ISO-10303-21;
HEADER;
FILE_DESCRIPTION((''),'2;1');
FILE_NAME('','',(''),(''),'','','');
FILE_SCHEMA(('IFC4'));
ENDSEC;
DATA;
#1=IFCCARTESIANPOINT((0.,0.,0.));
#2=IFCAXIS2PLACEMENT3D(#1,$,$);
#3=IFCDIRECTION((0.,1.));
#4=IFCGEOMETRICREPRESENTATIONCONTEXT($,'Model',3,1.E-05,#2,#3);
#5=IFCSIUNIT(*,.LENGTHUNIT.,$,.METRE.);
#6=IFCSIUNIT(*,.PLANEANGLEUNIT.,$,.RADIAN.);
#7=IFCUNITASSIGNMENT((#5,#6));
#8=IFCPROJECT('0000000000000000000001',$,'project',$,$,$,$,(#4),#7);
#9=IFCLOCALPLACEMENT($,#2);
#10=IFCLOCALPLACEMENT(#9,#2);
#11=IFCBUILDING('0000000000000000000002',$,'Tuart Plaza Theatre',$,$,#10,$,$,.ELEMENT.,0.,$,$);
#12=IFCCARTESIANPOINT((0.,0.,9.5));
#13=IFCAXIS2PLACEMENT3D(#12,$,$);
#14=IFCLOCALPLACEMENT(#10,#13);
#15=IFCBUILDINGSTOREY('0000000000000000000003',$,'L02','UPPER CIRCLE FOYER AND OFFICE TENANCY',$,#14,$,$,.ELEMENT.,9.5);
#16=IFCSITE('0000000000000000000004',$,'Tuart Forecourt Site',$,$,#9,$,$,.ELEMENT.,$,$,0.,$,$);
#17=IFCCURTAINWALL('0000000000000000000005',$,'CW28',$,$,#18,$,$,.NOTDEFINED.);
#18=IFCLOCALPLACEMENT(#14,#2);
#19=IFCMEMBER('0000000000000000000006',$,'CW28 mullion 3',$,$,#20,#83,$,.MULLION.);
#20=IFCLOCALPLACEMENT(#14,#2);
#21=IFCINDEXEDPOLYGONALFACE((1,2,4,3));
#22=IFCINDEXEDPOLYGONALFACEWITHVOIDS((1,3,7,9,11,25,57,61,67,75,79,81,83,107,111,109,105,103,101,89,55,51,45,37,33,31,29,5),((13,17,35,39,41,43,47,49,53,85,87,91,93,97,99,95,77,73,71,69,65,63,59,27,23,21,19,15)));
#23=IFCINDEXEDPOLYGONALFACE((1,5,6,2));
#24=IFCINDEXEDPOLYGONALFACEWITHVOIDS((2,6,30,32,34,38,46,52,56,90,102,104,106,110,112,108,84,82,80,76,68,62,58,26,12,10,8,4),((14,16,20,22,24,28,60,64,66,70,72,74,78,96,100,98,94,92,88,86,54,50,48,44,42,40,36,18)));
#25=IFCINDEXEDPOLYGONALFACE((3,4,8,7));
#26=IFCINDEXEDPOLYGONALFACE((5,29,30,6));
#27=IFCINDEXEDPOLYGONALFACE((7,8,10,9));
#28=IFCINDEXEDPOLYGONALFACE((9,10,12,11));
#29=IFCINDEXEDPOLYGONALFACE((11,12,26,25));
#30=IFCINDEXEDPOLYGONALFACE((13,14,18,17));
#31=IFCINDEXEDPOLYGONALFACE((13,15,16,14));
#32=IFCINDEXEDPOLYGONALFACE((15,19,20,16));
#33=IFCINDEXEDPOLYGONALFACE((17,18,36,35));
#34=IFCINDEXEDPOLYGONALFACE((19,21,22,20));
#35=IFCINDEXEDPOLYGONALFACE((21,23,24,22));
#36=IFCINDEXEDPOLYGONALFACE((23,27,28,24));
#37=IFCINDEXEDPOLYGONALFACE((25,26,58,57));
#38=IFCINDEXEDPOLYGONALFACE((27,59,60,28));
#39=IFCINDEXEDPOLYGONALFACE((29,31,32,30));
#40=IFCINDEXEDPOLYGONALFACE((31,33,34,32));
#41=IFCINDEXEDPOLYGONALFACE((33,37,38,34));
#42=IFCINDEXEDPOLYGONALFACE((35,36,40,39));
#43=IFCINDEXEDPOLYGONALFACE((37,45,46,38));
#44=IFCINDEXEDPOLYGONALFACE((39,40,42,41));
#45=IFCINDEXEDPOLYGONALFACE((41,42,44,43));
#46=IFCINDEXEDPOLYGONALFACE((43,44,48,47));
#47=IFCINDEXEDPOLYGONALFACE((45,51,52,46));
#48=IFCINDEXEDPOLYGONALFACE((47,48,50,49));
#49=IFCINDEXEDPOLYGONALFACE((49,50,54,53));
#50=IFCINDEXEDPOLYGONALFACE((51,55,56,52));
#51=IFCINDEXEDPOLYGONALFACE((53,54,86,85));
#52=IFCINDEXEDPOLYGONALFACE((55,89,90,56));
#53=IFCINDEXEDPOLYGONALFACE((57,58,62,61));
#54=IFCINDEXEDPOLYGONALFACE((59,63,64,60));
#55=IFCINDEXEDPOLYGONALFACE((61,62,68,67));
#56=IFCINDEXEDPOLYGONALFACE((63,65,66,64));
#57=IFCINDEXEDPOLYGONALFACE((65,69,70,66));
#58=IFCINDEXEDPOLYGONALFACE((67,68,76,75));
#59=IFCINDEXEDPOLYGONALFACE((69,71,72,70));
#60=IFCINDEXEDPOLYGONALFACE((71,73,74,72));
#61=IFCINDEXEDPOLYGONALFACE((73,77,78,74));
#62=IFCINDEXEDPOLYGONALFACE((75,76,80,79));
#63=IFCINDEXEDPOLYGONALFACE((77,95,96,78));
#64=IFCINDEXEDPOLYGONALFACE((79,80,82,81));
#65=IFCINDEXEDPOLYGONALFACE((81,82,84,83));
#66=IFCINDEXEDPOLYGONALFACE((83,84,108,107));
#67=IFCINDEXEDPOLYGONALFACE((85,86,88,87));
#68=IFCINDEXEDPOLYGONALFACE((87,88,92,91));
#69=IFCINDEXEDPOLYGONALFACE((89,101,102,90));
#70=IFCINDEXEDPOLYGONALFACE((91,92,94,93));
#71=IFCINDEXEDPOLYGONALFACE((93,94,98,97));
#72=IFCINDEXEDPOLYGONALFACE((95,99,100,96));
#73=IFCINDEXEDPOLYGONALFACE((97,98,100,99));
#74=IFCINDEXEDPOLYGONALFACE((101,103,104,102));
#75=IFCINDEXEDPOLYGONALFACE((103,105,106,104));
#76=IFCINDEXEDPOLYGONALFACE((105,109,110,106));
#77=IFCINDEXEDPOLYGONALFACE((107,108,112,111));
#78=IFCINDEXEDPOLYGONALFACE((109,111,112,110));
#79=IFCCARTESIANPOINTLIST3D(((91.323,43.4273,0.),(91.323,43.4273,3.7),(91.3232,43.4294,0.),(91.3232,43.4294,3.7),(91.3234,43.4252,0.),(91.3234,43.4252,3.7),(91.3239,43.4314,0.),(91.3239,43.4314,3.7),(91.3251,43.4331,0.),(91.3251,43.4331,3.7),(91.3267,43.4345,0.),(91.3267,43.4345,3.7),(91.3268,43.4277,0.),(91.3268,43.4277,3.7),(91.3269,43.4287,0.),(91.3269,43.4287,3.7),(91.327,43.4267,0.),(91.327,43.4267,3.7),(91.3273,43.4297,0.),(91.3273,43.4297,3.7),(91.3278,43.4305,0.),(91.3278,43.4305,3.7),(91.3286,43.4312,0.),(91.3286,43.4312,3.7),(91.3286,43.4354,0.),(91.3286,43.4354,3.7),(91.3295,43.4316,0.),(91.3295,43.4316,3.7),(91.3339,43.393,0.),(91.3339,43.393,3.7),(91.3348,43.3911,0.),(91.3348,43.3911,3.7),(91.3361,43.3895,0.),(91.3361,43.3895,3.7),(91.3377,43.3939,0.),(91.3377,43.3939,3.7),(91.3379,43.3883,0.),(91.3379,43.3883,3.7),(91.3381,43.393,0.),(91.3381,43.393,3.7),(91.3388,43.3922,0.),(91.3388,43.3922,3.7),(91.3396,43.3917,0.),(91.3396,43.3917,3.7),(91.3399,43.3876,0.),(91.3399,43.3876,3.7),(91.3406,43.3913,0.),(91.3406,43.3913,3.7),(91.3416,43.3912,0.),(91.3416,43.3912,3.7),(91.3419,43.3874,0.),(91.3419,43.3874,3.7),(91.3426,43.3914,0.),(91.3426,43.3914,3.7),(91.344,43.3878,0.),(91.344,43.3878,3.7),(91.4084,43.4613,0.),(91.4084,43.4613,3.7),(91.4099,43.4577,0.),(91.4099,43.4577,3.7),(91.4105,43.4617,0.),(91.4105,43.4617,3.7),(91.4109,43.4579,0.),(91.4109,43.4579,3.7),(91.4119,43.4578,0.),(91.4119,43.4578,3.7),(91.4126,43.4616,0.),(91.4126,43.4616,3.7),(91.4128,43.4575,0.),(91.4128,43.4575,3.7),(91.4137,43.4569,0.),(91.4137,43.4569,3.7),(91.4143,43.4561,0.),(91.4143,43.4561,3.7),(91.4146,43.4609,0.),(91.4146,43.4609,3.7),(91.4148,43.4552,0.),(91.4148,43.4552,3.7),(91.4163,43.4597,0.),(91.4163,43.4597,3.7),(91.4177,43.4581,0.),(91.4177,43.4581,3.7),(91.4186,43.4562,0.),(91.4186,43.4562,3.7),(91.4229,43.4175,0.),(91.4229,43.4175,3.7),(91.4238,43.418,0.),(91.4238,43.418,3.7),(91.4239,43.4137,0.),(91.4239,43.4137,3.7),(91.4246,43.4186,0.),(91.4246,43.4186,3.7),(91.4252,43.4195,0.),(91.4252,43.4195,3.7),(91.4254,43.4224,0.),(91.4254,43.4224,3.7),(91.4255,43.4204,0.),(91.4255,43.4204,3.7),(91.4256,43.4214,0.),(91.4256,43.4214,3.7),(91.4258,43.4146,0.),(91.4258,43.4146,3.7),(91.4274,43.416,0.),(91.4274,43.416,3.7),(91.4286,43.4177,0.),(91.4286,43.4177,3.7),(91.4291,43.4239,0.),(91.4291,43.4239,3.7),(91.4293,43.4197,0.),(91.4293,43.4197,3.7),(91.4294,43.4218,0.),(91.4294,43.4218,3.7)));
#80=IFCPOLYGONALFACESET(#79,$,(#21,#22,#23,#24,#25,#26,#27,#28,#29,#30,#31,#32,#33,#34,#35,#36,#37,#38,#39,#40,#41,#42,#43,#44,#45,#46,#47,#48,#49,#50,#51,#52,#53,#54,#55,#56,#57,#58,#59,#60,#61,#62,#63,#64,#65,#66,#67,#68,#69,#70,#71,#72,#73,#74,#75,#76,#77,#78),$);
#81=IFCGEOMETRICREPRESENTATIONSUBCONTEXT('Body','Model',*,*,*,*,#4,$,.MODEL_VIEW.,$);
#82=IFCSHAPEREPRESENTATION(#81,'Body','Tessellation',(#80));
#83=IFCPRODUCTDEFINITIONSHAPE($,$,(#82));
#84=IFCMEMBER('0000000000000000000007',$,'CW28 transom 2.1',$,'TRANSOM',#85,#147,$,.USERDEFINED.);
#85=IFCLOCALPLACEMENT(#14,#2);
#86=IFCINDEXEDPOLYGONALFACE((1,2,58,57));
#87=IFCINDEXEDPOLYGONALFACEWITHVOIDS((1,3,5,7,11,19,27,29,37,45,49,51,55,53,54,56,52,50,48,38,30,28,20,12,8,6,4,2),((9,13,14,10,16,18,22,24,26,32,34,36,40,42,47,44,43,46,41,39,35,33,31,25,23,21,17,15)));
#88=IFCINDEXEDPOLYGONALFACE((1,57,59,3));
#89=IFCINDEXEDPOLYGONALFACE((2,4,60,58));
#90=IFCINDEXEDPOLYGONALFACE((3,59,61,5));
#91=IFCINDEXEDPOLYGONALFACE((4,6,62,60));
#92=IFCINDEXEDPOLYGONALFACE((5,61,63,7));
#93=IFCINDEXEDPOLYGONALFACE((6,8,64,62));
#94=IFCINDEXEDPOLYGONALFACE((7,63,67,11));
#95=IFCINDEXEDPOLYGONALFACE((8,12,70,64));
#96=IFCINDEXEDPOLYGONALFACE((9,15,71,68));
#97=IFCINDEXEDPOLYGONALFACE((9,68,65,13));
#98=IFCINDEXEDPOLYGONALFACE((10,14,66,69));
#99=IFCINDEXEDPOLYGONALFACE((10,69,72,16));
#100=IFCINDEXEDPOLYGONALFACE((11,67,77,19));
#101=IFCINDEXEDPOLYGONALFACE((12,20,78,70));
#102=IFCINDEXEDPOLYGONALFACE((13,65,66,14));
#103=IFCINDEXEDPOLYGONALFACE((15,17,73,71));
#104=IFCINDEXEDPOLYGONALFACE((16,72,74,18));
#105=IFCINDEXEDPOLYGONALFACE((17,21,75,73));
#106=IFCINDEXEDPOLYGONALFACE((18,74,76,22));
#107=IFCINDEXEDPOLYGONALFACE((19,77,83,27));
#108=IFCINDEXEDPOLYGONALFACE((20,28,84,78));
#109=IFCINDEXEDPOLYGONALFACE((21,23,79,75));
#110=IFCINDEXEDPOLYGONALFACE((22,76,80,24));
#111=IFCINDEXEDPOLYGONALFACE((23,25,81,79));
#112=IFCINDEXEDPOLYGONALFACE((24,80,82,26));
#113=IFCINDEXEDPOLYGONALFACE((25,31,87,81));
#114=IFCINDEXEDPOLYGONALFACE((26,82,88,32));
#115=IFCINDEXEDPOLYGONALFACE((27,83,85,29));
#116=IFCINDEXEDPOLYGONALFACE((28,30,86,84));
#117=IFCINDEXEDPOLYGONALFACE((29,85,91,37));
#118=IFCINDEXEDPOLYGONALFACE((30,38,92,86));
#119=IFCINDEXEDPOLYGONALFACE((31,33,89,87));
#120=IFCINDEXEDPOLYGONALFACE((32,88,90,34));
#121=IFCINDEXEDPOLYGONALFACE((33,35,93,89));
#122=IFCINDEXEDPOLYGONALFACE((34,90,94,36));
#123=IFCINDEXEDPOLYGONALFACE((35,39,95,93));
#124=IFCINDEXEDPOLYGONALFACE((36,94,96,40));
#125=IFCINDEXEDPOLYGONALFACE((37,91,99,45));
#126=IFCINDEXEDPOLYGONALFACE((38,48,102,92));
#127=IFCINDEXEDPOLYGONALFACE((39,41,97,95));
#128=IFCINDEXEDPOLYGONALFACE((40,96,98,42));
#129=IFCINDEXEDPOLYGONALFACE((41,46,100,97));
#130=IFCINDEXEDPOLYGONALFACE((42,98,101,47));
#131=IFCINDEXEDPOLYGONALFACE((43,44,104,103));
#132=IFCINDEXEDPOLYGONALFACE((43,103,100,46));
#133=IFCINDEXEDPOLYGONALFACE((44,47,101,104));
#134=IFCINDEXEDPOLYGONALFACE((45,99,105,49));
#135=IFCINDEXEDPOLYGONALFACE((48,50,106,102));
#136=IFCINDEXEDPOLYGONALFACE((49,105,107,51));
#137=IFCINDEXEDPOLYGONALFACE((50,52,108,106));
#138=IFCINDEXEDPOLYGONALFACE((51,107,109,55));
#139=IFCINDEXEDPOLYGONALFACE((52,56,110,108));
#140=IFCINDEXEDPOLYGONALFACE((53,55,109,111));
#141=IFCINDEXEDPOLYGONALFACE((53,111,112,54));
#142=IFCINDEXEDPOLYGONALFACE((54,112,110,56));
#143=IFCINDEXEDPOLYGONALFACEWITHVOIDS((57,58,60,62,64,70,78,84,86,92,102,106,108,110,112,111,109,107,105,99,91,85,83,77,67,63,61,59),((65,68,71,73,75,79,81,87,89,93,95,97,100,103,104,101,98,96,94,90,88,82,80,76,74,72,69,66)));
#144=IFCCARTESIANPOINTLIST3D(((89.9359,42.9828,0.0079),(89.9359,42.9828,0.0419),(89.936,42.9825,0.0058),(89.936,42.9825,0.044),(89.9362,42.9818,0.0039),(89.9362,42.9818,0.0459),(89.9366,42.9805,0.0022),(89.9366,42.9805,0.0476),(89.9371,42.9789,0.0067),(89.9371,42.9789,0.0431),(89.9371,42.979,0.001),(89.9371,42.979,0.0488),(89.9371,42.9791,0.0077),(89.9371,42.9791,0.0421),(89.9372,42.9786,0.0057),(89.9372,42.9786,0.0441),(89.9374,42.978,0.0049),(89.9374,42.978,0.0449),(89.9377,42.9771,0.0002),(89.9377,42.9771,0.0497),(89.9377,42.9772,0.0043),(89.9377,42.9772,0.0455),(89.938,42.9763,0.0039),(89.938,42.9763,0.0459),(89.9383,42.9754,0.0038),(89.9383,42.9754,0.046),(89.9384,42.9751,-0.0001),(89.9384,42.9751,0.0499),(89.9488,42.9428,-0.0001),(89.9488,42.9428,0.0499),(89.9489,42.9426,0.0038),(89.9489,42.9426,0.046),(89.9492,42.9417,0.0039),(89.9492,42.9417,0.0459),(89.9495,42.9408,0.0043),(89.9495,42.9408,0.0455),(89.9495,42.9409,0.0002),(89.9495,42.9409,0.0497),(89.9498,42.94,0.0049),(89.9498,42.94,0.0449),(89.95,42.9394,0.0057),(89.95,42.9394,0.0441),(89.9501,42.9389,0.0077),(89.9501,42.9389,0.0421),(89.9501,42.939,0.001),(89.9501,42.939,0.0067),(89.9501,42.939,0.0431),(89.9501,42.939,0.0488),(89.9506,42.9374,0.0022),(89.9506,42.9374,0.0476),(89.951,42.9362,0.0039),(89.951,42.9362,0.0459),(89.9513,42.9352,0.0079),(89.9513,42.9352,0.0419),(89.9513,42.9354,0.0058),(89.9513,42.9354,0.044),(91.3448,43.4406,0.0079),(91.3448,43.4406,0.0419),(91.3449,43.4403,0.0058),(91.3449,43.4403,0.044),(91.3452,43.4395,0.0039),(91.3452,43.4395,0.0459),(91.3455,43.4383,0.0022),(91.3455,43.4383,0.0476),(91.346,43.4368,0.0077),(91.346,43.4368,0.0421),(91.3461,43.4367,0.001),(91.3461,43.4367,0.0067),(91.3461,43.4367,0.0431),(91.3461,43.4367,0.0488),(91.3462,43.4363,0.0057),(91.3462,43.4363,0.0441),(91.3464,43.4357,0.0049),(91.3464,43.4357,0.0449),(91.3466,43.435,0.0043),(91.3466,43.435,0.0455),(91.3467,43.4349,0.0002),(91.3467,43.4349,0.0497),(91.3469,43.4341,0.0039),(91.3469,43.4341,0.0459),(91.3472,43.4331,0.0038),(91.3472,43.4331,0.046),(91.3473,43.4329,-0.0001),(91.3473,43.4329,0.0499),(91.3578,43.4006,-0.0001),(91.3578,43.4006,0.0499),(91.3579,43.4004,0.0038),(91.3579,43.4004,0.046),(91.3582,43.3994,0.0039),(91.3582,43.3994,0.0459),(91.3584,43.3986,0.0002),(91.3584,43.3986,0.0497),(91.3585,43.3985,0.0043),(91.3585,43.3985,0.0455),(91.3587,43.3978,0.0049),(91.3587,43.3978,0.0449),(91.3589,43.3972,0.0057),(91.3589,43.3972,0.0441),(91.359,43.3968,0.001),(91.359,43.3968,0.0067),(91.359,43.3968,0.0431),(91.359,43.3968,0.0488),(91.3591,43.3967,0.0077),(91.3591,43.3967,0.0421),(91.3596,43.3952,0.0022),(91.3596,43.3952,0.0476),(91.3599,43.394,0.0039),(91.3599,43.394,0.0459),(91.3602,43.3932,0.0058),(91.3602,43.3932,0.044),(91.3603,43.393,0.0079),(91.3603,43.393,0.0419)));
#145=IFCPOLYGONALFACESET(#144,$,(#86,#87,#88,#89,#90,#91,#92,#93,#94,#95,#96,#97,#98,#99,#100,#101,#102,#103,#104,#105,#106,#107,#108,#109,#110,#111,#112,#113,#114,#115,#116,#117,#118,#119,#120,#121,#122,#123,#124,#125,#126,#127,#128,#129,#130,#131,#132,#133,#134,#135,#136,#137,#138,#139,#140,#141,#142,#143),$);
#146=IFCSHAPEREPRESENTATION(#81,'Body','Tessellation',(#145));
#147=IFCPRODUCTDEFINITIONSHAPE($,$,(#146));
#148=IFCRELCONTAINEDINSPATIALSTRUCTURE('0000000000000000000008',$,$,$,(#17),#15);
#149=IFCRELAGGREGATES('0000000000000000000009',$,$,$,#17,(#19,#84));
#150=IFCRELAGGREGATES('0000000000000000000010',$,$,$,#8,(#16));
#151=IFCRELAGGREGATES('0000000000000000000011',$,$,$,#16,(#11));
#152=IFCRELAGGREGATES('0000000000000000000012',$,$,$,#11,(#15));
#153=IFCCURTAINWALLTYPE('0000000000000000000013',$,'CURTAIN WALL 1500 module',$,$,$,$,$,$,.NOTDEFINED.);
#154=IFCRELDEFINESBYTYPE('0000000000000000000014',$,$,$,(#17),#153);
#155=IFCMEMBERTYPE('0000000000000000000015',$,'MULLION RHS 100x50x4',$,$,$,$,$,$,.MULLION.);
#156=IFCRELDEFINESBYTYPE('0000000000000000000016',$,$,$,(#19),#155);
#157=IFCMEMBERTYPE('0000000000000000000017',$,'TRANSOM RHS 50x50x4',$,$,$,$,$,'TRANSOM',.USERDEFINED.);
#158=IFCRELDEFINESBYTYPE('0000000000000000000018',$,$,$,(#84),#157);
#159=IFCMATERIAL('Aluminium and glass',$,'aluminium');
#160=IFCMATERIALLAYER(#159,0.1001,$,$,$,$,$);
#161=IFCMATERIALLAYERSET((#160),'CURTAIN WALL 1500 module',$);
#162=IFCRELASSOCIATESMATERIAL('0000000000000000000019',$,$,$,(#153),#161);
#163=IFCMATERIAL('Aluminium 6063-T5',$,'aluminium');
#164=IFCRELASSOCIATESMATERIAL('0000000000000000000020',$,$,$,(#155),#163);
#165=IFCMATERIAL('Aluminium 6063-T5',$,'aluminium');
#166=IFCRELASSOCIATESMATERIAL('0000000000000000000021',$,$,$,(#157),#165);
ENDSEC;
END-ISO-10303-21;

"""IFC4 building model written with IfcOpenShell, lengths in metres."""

from ifc_helpers import new_model, si_unit, direction, frame, origin, origin_2d, place, context, subcontext, project, spatial, hollow_rectangle, extrude, material, layer, layer_set, material_profile, profile_set, type_object, element, aggregate, save


model = new_model("IFC4")

# Units and contexts
model_context = context("Model", 3, precision=1e-05, world=origin(), true_north=direction((0.0, 1.0)))
body_context = subcontext(model_context, "Body", "Model", "MODEL_VIEW")
ifc_project = project(units=[si_unit("LENGTHUNIT", "METRE"), si_unit("PLANEANGLEUNIT", "RADIAN")], contexts=[model_context])

# Site, building, storey
site_placement = place(None, origin())
site = spatial("IfcSite", under=ifc_project, at=site_placement, Name="Tuart Forecourt Site", CompositionType="ELEMENT", RefElevation=0.0)
building_placement = place(site_placement, origin())
building = spatial("IfcBuilding", under=site, at=building_placement, Name="Tuart Plaza Theatre", CompositionType="ELEMENT", ElevationOfRefHeight=0.0)
storey_placement = place(building_placement, frame((0.0, 0.0, 9.5)))
storey = spatial("IfcBuildingStorey", under=building, at=storey_placement, Name="L02", Description="UPPER CIRCLE FOYER AND OFFICE TENANCY", CompositionType="ELEMENT", Elevation=9.5)

# Curtain wall, members
ifc_material_1 = material(Name="Aluminium and glass", Category="aluminium")
ifc_layer_1 = layer(ifc_material_1, 0.1001)
ifc_layer_set_1 = layer_set([ifc_layer_1], Name="CURTAIN WALL 1500 module")
curtain_wall_type = type_object("IfcCurtainWallType", Name="CURTAIN WALL 1500 module", PredefinedType="NOTDEFINED", material=ifc_layer_set_1)
curtain_wall_placement = place(storey_placement, origin())
curtain_wall = element("IfcCurtainWall", 1, at=curtain_wall_placement, inside=storey, type_object=curtain_wall_type, Name="CW28", PredefinedType="NOTDEFINED")
ifc_material_2 = material(Name="Aluminium 6063-T5", Category="aluminium")
ifc_material_profile_1 = material_profile(ifc_material_2, hollow_rectangle(XDim=0.05, YDim=0.1001, WallThickness=0.0039, InnerFilletRadius=0.0039, OuterFilletRadius=0.0081, at=origin_2d()), Name="RHS 100x50x4")
ifc_profile_set_1 = profile_set([ifc_material_profile_1], Name="Aluminium 6063-T5")
member_type_1 = type_object("IfcMemberType", Name="MULLION RHS 100x50x4", PredefinedType="MULLION", material=ifc_profile_set_1)
member_1_placement = place(storey_placement, frame((91.3762, 43.4246, 0.0), z_axis=(0.0, 0.0, 1.0), x_axis=(-0.309018, 0.951056, 0.0)))
member_1 = element("IfcMember", 2, at=member_1_placement, type_object=member_type_1, Name="CW28 mullion 3", PredefinedType="MULLION", context=body_context, shape_type="SweptSolid", body=[
    extrude(hollow_rectangle(XDim=0.05, YDim=0.1001, WallThickness=0.0039, InnerFilletRadius=0.0039, OuterFilletRadius=0.0081, at=origin_2d()), origin(), (0.0, 0.0, 1.0), 3.7),
])
ifc_material_3 = material(Name="Aluminium 6063-T5", Category="aluminium")
ifc_material_profile_2 = material_profile(ifc_material_3, hollow_rectangle(XDim=0.05, YDim=0.05, WallThickness=0.0039, InnerFilletRadius=0.0039, OuterFilletRadius=0.0081, at=origin_2d()), Name="RHS 50x50x4")
ifc_profile_set_2 = profile_set([ifc_material_profile_2], Name="Aluminium 6063-T5")
member_type_2 = type_object("IfcMemberType", Name="TRANSOM RHS 50x50x4", ElementType="TRANSOM", PredefinedType="USERDEFINED", material=ifc_profile_set_2)
member_2_placement = place(storey_placement, frame((89.9436, 42.959, 0.0249), z_axis=(0.951062, 0.309, 0.0), x_axis=(-0.309, 0.951062, 0.0)))
member_2 = element("IfcMember", 3, at=member_2_placement, type_object=member_type_2, Name="CW28 transom 2.1", ObjectType="TRANSOM", PredefinedType="USERDEFINED", context=body_context, shape_type="SweptSolid", body=[
    extrude(hollow_rectangle(XDim=0.05, YDim=0.05, WallThickness=0.0039, InnerFilletRadius=0.0039, OuterFilletRadius=0.0081, at=origin_2d()), origin(), (0.0, 0.0, 1.0), 1.4814),
])
aggregate(curtain_wall, [member_1, member_2])

save(model, "model.ifc")
